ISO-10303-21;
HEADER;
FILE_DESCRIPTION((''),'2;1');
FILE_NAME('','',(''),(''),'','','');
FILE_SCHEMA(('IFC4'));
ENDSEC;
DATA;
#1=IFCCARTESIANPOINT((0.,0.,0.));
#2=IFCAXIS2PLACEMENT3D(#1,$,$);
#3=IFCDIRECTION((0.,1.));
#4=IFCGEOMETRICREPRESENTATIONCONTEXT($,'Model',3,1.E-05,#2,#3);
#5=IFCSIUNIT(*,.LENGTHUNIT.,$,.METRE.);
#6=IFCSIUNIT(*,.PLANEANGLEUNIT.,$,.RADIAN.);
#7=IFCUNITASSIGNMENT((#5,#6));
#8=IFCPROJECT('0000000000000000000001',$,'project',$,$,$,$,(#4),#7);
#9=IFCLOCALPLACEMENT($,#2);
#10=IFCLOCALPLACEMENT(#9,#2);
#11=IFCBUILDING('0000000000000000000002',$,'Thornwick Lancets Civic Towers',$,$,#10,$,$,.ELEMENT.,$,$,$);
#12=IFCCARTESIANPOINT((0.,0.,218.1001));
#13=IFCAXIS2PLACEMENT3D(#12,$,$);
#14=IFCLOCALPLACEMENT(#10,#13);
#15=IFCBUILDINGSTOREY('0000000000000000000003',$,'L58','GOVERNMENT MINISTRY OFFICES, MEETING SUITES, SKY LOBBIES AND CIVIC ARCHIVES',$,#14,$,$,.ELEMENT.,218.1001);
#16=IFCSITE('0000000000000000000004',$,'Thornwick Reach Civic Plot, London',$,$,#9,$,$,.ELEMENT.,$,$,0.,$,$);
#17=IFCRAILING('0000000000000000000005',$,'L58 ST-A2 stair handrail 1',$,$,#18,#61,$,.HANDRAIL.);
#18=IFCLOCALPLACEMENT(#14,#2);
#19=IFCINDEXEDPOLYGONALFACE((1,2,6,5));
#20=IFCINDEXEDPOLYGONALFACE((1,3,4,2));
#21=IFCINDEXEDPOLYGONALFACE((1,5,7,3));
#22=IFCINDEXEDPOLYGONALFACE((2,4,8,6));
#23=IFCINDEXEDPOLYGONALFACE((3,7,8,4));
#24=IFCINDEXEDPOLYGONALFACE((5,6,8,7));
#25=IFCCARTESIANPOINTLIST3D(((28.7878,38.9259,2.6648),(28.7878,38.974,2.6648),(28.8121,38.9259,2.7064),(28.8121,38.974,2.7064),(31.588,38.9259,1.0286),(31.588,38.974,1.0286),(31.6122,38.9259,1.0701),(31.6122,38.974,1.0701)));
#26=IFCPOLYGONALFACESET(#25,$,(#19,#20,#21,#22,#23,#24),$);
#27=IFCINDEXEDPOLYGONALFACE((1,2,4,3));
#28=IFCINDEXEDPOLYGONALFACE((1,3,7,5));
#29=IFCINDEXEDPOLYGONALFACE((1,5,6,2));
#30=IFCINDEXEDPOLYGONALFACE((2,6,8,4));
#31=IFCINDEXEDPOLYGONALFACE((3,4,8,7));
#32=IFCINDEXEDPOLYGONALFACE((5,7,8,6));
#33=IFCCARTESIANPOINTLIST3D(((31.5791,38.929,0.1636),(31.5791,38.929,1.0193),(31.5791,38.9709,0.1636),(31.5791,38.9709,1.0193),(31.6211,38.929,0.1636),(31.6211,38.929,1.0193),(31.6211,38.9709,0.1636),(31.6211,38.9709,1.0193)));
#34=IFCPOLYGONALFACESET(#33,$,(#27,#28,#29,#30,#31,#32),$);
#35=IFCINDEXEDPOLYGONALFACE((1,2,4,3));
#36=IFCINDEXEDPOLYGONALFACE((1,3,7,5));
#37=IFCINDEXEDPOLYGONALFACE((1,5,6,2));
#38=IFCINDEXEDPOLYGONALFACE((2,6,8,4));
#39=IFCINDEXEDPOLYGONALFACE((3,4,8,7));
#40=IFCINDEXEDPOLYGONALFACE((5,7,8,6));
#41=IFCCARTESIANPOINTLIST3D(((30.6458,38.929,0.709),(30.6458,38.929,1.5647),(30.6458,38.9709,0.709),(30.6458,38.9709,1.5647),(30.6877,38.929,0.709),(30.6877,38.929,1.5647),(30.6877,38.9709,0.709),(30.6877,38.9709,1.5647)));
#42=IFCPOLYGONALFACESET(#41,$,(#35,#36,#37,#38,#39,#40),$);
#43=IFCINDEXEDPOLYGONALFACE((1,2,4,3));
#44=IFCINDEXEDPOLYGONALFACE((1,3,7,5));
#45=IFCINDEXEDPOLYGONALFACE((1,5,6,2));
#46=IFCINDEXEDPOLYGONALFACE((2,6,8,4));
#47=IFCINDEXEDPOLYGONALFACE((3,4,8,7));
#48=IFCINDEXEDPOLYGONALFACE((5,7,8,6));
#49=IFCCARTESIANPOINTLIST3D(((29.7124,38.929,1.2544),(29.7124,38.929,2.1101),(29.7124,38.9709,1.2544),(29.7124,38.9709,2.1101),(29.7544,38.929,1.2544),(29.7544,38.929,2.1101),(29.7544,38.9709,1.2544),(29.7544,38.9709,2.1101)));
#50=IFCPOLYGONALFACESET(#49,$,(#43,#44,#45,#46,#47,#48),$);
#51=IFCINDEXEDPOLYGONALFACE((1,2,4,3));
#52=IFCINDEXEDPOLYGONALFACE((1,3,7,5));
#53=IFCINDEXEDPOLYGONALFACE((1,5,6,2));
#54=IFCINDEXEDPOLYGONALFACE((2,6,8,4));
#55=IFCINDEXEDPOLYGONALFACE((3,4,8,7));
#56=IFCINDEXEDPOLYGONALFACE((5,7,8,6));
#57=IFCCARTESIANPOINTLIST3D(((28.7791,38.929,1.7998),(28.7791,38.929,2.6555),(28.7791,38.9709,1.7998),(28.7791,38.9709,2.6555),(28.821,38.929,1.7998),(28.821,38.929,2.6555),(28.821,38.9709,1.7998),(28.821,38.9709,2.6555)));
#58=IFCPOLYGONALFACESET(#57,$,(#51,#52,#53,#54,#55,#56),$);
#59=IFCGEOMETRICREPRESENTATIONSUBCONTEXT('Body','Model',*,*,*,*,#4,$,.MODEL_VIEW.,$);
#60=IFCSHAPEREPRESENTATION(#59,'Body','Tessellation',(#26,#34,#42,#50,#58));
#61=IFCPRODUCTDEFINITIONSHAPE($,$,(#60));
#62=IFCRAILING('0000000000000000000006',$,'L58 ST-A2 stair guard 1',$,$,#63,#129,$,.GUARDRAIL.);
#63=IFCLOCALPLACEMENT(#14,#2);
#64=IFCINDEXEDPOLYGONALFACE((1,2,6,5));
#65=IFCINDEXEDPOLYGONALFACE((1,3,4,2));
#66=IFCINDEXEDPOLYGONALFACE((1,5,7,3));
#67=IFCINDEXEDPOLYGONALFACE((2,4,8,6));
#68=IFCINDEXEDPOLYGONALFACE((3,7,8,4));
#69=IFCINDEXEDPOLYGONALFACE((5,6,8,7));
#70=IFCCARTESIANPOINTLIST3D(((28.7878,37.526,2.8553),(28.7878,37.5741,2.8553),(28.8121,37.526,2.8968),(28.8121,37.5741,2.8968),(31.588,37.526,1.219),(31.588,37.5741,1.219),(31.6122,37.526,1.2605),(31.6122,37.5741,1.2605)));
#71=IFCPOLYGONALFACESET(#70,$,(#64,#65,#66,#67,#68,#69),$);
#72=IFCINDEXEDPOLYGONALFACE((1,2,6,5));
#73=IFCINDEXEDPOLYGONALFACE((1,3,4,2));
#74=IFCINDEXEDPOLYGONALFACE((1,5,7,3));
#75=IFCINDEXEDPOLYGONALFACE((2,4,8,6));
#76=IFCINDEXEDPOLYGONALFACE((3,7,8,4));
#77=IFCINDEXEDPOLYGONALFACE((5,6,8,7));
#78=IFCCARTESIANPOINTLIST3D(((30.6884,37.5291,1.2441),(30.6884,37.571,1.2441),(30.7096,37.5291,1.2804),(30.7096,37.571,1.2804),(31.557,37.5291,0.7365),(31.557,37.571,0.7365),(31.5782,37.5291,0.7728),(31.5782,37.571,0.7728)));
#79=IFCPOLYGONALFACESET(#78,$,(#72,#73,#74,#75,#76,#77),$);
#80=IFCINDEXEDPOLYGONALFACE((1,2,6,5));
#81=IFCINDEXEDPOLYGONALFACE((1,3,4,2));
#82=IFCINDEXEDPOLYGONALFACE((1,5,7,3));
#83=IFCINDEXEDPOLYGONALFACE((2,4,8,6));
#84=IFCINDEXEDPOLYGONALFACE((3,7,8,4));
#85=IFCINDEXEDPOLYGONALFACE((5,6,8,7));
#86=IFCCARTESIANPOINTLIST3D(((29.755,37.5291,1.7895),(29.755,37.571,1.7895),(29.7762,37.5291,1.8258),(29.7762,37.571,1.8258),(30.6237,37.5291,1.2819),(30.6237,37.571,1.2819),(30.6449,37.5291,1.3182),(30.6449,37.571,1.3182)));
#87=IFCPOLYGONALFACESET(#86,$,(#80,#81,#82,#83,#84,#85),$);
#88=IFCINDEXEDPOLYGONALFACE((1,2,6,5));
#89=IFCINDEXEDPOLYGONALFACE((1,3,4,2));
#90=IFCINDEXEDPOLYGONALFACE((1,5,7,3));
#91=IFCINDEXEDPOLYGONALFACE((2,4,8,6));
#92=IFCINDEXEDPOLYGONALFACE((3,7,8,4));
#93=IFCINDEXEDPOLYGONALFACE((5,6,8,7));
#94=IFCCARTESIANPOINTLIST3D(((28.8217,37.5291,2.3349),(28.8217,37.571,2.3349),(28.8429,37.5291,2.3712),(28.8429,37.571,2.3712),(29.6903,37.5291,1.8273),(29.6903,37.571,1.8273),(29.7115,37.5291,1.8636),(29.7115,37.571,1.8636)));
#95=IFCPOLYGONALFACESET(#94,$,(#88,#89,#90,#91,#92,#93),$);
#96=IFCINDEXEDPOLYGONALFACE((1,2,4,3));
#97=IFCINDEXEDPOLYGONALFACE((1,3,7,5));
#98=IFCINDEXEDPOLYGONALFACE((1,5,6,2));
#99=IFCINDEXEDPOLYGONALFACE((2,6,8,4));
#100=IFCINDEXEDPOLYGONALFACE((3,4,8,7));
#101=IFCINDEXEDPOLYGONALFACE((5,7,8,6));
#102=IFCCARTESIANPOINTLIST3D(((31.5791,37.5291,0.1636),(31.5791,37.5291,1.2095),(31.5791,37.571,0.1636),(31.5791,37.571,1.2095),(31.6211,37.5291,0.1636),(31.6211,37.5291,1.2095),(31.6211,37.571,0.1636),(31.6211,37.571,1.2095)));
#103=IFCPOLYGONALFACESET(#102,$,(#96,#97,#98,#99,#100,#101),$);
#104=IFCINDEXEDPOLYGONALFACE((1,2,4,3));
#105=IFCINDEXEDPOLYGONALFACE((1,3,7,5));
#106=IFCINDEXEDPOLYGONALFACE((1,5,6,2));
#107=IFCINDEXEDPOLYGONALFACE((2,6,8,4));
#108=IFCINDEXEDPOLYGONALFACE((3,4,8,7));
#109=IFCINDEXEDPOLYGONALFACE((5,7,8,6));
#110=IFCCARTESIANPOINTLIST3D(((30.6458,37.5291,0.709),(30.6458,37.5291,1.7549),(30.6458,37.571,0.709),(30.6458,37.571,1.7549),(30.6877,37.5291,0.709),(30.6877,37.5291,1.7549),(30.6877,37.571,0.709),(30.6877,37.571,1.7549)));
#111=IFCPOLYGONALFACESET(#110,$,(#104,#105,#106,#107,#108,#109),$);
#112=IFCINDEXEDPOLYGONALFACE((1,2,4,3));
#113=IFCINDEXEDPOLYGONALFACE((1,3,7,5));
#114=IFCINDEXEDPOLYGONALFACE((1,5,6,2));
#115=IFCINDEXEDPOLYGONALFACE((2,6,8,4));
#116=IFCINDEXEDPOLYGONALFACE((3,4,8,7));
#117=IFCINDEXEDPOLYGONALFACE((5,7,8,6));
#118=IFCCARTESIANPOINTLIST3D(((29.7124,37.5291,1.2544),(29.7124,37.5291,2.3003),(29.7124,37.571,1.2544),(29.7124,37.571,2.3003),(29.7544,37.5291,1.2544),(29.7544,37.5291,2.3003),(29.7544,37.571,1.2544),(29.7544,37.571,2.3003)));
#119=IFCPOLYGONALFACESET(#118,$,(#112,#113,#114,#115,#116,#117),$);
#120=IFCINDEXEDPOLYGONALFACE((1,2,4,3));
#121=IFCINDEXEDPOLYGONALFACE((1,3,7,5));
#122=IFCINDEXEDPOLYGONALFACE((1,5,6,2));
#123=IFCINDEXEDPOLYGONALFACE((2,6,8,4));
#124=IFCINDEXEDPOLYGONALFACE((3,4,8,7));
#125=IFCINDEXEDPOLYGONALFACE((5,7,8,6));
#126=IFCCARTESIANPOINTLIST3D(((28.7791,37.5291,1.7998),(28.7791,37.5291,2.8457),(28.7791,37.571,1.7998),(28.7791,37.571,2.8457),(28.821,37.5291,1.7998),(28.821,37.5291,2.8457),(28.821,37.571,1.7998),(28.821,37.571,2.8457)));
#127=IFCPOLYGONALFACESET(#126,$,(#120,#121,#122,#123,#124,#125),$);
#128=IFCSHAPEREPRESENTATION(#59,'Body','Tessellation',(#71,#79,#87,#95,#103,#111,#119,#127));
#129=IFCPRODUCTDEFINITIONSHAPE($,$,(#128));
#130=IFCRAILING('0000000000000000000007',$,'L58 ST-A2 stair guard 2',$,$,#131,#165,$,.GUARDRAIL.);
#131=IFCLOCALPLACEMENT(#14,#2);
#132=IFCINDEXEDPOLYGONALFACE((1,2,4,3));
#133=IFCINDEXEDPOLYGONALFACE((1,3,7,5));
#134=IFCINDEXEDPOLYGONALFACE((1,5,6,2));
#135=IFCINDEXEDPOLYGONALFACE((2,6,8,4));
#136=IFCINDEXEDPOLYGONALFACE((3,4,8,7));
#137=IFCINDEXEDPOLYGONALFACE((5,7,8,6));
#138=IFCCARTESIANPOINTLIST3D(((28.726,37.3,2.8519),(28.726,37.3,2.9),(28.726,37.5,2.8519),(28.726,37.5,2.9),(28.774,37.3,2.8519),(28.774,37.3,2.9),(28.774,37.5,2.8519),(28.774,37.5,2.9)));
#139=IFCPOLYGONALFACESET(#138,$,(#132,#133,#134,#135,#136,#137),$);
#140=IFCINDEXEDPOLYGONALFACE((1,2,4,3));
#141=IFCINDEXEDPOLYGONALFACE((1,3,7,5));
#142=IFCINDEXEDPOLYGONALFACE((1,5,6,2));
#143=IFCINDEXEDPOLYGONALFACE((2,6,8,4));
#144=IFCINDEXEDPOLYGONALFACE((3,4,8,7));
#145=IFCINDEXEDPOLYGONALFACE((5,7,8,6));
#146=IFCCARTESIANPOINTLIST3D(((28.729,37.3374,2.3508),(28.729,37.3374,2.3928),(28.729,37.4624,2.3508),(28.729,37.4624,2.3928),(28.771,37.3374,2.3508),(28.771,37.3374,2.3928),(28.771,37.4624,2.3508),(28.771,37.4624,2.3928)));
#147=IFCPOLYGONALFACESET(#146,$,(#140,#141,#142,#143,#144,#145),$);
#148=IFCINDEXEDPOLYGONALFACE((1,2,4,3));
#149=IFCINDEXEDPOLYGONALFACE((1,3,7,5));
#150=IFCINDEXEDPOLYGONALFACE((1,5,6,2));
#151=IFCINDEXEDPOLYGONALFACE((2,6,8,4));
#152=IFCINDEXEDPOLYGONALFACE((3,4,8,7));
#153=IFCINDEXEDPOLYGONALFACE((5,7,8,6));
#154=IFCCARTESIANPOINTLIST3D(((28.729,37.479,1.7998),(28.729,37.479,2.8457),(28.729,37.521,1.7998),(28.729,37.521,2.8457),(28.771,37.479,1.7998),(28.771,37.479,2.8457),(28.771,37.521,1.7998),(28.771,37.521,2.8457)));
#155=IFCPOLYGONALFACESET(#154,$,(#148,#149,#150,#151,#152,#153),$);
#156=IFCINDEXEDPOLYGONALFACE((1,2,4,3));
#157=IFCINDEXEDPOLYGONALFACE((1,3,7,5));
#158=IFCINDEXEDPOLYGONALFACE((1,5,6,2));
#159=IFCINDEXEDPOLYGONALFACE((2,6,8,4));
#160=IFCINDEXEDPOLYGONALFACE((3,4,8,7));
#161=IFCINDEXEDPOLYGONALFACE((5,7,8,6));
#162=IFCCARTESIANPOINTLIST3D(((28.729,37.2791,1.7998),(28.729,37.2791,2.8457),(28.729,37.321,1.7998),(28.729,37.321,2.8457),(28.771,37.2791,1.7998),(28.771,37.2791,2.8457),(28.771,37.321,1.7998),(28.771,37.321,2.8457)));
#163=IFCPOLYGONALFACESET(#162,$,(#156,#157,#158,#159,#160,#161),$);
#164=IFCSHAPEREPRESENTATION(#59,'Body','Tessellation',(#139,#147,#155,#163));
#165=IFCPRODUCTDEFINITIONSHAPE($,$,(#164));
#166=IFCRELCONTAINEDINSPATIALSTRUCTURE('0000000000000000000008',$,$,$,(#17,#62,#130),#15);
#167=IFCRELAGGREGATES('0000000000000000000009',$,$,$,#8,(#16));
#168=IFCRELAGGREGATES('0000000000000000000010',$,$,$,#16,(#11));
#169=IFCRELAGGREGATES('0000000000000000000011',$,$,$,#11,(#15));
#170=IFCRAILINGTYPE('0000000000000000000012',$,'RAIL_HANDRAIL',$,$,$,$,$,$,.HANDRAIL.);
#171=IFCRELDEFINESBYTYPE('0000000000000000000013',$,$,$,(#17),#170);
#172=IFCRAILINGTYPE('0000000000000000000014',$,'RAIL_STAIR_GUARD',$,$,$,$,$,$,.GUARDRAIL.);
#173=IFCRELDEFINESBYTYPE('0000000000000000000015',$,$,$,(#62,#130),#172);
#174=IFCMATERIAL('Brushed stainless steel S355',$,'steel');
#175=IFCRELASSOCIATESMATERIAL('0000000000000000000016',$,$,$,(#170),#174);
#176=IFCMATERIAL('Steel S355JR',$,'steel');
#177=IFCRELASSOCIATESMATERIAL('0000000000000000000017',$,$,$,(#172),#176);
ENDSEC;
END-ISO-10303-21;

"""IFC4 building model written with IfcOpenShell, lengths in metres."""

from ifc_helpers import new_model, si_unit, direction, frame, origin, origin_2d, place, context, subcontext, project, spatial, rectangle, extrude, material, type_object, element, save


model = new_model("IFC4")

# Units and contexts
model_context = context("Model", 3, precision=1e-05, world=origin(), true_north=direction((0.0, 1.0)))
body_context = subcontext(model_context, "Body", "Model", "MODEL_VIEW")
ifc_project = project(units=[si_unit("LENGTHUNIT", "METRE"), si_unit("PLANEANGLEUNIT", "RADIAN")], contexts=[model_context])

# Site, building, storey
site_placement = place(None, origin())
site = spatial("IfcSite", under=ifc_project, at=site_placement, Name="Thornwick Reach Civic Plot, London", CompositionType="ELEMENT", RefElevation=0.0)
building_placement = place(site_placement, origin())
building = spatial("IfcBuilding", under=site, at=building_placement, Name="Thornwick Lancets Civic Towers", CompositionType="ELEMENT")
storey_placement = place(building_placement, frame((0.0, 0.0, 218.1001)))
storey = spatial("IfcBuildingStorey", under=building, at=storey_placement, Name="L58", Description="GOVERNMENT MINISTRY OFFICES, MEETING SUITES, SKY LOBBIES AND CIVIC ARCHIVES", CompositionType="ELEMENT", Elevation=218.1001)

# Shared definitions
ifc_material_1 = material(Name="Steel S355JR", Category="steel")

# Railings
ifc_material_2 = material(Name="Brushed stainless steel S355", Category="steel")
railing_type_1 = type_object("IfcRailingType", Name="RAIL_HANDRAIL", PredefinedType="HANDRAIL", material=ifc_material_2)
railing_1_placement = place(storey_placement, frame((31.6001, 38.95, 0.1636)))
element("IfcRailing", 1, at=railing_1_placement, inside=storey, type_object=railing_type_1, Name="L58 ST-A2 stair handrail 1", PredefinedType="HANDRAIL", context=body_context, shape_type="SweptSolid", body=[
    extrude(rectangle(XDim=0.0481, YDim=0.0481, at=origin_2d()), frame((0.0, 0.0, 0.8857), z_axis=(-0.863394, 0.0, 0.504531), x_axis=(0.0, -1.0, 0.0)), (0.0, 0.0, 1.0), 3.2432),
    extrude(rectangle(XDim=0.042, YDim=0.042, at=origin_2d()), origin(), (0.0, 0.0, 1.0), 0.8557),
    extrude(rectangle(XDim=0.042, YDim=0.042, at=origin_2d()), frame((-0.9333, 0.0, 0.5454)), (0.0, 0.0, 1.0), 0.8557),
    extrude(rectangle(XDim=0.042, YDim=0.042, at=origin_2d()), frame((-1.8667, 0.0, 1.0908)), (0.0, 0.0, 1.0), 0.8557),
    extrude(rectangle(XDim=0.042, YDim=0.042, at=origin_2d()), frame((-2.8, 0.0, 1.6362)), (0.0, 0.0, 1.0), 0.8557),
])
railing_type_2 = type_object("IfcRailingType", Name="RAIL_STAIR_GUARD", PredefinedType="GUARDRAIL", material=ifc_material_1)
railing_2_placement = place(storey_placement, frame((31.6001, 37.55, 0.1636)))
element("IfcRailing", 2, at=railing_2_placement, inside=storey, type_object=railing_type_2, Name="L58 ST-A2 stair guard 1", PredefinedType="GUARDRAIL", context=body_context, shape_type="SweptSolid", body=[
    extrude(rectangle(XDim=0.0481, YDim=0.0481, at=origin_2d()), frame((0.0, 0.0, 1.0762), z_axis=(-0.863394, 0.0, 0.504531), x_axis=(0.0, -1.0, 0.0)), (0.0, 0.0, 1.0), 3.2432),
    extrude(rectangle(XDim=0.042, YDim=0.042, at=origin_2d()), frame((-0.0325, 0.0, 0.5911), z_axis=(-0.863394, 0.0, 0.504531), x_axis=(0.0, -1.0, 0.0)), (0.0, 0.0, 1.0), 1.0061),
    extrude(rectangle(XDim=0.042, YDim=0.042, at=origin_2d()), frame((-0.9658, 0.0, 1.1365), z_axis=(-0.863394, 0.0, 0.504531), x_axis=(0.0, -1.0, 0.0)), (0.0, 0.0, 1.0), 1.0061),
    extrude(rectangle(XDim=0.042, YDim=0.042, at=origin_2d()), frame((-1.8992, 0.0, 1.6819), z_axis=(-0.863394, 0.0, 0.504531), x_axis=(0.0, -1.0, 0.0)), (0.0, 0.0, 1.0), 1.0061),
    extrude(rectangle(XDim=0.042, YDim=0.042, at=origin_2d()), origin(), (0.0, 0.0, 1.0), 1.0459),
    extrude(rectangle(XDim=0.042, YDim=0.042, at=origin_2d()), frame((-0.9333, 0.0, 0.5454)), (0.0, 0.0, 1.0), 1.0459),
    extrude(rectangle(XDim=0.042, YDim=0.042, at=origin_2d()), frame((-1.8667, 0.0, 1.0908)), (0.0, 0.0, 1.0), 1.0459),
    extrude(rectangle(XDim=0.042, YDim=0.042, at=origin_2d()), frame((-2.8, 0.0, 1.6362)), (0.0, 0.0, 1.0), 1.0459),
])
railing_3_placement = place(storey_placement, frame((28.75, 37.5, 1.7998)))
element("IfcRailing", 3, at=railing_3_placement, inside=storey, type_object=railing_type_2, Name="L58 ST-A2 stair guard 2", PredefinedType="GUARDRAIL", context=body_context, shape_type="SweptSolid", body=[
    extrude(rectangle(XDim=0.0481, YDim=0.0481, at=origin_2d()), frame((0.0, 0.0, 1.0762), z_axis=(0.0, -1.0, 0.0), x_axis=(1.0, 0.0, 0.0)), (0.0, 0.0, 1.0), 0.2),
    extrude(rectangle(XDim=0.042, YDim=0.042, at=origin_2d()), frame((0.0, -0.0376, 0.572), z_axis=(0.0, -1.0, 0.0), x_axis=(1.0, 0.0, 0.0)), (0.0, 0.0, 1.0), 0.125),
    extrude(rectangle(XDim=0.042, YDim=0.042, at=origin_2d()), origin(), (0.0, 0.0, 1.0), 1.0459),
    extrude(rectangle(XDim=0.042, YDim=0.042, at=origin_2d()), frame((0.0, -0.2, 0.0)), (0.0, 0.0, 1.0), 1.0459),
])

save(model, "model.ifc")
